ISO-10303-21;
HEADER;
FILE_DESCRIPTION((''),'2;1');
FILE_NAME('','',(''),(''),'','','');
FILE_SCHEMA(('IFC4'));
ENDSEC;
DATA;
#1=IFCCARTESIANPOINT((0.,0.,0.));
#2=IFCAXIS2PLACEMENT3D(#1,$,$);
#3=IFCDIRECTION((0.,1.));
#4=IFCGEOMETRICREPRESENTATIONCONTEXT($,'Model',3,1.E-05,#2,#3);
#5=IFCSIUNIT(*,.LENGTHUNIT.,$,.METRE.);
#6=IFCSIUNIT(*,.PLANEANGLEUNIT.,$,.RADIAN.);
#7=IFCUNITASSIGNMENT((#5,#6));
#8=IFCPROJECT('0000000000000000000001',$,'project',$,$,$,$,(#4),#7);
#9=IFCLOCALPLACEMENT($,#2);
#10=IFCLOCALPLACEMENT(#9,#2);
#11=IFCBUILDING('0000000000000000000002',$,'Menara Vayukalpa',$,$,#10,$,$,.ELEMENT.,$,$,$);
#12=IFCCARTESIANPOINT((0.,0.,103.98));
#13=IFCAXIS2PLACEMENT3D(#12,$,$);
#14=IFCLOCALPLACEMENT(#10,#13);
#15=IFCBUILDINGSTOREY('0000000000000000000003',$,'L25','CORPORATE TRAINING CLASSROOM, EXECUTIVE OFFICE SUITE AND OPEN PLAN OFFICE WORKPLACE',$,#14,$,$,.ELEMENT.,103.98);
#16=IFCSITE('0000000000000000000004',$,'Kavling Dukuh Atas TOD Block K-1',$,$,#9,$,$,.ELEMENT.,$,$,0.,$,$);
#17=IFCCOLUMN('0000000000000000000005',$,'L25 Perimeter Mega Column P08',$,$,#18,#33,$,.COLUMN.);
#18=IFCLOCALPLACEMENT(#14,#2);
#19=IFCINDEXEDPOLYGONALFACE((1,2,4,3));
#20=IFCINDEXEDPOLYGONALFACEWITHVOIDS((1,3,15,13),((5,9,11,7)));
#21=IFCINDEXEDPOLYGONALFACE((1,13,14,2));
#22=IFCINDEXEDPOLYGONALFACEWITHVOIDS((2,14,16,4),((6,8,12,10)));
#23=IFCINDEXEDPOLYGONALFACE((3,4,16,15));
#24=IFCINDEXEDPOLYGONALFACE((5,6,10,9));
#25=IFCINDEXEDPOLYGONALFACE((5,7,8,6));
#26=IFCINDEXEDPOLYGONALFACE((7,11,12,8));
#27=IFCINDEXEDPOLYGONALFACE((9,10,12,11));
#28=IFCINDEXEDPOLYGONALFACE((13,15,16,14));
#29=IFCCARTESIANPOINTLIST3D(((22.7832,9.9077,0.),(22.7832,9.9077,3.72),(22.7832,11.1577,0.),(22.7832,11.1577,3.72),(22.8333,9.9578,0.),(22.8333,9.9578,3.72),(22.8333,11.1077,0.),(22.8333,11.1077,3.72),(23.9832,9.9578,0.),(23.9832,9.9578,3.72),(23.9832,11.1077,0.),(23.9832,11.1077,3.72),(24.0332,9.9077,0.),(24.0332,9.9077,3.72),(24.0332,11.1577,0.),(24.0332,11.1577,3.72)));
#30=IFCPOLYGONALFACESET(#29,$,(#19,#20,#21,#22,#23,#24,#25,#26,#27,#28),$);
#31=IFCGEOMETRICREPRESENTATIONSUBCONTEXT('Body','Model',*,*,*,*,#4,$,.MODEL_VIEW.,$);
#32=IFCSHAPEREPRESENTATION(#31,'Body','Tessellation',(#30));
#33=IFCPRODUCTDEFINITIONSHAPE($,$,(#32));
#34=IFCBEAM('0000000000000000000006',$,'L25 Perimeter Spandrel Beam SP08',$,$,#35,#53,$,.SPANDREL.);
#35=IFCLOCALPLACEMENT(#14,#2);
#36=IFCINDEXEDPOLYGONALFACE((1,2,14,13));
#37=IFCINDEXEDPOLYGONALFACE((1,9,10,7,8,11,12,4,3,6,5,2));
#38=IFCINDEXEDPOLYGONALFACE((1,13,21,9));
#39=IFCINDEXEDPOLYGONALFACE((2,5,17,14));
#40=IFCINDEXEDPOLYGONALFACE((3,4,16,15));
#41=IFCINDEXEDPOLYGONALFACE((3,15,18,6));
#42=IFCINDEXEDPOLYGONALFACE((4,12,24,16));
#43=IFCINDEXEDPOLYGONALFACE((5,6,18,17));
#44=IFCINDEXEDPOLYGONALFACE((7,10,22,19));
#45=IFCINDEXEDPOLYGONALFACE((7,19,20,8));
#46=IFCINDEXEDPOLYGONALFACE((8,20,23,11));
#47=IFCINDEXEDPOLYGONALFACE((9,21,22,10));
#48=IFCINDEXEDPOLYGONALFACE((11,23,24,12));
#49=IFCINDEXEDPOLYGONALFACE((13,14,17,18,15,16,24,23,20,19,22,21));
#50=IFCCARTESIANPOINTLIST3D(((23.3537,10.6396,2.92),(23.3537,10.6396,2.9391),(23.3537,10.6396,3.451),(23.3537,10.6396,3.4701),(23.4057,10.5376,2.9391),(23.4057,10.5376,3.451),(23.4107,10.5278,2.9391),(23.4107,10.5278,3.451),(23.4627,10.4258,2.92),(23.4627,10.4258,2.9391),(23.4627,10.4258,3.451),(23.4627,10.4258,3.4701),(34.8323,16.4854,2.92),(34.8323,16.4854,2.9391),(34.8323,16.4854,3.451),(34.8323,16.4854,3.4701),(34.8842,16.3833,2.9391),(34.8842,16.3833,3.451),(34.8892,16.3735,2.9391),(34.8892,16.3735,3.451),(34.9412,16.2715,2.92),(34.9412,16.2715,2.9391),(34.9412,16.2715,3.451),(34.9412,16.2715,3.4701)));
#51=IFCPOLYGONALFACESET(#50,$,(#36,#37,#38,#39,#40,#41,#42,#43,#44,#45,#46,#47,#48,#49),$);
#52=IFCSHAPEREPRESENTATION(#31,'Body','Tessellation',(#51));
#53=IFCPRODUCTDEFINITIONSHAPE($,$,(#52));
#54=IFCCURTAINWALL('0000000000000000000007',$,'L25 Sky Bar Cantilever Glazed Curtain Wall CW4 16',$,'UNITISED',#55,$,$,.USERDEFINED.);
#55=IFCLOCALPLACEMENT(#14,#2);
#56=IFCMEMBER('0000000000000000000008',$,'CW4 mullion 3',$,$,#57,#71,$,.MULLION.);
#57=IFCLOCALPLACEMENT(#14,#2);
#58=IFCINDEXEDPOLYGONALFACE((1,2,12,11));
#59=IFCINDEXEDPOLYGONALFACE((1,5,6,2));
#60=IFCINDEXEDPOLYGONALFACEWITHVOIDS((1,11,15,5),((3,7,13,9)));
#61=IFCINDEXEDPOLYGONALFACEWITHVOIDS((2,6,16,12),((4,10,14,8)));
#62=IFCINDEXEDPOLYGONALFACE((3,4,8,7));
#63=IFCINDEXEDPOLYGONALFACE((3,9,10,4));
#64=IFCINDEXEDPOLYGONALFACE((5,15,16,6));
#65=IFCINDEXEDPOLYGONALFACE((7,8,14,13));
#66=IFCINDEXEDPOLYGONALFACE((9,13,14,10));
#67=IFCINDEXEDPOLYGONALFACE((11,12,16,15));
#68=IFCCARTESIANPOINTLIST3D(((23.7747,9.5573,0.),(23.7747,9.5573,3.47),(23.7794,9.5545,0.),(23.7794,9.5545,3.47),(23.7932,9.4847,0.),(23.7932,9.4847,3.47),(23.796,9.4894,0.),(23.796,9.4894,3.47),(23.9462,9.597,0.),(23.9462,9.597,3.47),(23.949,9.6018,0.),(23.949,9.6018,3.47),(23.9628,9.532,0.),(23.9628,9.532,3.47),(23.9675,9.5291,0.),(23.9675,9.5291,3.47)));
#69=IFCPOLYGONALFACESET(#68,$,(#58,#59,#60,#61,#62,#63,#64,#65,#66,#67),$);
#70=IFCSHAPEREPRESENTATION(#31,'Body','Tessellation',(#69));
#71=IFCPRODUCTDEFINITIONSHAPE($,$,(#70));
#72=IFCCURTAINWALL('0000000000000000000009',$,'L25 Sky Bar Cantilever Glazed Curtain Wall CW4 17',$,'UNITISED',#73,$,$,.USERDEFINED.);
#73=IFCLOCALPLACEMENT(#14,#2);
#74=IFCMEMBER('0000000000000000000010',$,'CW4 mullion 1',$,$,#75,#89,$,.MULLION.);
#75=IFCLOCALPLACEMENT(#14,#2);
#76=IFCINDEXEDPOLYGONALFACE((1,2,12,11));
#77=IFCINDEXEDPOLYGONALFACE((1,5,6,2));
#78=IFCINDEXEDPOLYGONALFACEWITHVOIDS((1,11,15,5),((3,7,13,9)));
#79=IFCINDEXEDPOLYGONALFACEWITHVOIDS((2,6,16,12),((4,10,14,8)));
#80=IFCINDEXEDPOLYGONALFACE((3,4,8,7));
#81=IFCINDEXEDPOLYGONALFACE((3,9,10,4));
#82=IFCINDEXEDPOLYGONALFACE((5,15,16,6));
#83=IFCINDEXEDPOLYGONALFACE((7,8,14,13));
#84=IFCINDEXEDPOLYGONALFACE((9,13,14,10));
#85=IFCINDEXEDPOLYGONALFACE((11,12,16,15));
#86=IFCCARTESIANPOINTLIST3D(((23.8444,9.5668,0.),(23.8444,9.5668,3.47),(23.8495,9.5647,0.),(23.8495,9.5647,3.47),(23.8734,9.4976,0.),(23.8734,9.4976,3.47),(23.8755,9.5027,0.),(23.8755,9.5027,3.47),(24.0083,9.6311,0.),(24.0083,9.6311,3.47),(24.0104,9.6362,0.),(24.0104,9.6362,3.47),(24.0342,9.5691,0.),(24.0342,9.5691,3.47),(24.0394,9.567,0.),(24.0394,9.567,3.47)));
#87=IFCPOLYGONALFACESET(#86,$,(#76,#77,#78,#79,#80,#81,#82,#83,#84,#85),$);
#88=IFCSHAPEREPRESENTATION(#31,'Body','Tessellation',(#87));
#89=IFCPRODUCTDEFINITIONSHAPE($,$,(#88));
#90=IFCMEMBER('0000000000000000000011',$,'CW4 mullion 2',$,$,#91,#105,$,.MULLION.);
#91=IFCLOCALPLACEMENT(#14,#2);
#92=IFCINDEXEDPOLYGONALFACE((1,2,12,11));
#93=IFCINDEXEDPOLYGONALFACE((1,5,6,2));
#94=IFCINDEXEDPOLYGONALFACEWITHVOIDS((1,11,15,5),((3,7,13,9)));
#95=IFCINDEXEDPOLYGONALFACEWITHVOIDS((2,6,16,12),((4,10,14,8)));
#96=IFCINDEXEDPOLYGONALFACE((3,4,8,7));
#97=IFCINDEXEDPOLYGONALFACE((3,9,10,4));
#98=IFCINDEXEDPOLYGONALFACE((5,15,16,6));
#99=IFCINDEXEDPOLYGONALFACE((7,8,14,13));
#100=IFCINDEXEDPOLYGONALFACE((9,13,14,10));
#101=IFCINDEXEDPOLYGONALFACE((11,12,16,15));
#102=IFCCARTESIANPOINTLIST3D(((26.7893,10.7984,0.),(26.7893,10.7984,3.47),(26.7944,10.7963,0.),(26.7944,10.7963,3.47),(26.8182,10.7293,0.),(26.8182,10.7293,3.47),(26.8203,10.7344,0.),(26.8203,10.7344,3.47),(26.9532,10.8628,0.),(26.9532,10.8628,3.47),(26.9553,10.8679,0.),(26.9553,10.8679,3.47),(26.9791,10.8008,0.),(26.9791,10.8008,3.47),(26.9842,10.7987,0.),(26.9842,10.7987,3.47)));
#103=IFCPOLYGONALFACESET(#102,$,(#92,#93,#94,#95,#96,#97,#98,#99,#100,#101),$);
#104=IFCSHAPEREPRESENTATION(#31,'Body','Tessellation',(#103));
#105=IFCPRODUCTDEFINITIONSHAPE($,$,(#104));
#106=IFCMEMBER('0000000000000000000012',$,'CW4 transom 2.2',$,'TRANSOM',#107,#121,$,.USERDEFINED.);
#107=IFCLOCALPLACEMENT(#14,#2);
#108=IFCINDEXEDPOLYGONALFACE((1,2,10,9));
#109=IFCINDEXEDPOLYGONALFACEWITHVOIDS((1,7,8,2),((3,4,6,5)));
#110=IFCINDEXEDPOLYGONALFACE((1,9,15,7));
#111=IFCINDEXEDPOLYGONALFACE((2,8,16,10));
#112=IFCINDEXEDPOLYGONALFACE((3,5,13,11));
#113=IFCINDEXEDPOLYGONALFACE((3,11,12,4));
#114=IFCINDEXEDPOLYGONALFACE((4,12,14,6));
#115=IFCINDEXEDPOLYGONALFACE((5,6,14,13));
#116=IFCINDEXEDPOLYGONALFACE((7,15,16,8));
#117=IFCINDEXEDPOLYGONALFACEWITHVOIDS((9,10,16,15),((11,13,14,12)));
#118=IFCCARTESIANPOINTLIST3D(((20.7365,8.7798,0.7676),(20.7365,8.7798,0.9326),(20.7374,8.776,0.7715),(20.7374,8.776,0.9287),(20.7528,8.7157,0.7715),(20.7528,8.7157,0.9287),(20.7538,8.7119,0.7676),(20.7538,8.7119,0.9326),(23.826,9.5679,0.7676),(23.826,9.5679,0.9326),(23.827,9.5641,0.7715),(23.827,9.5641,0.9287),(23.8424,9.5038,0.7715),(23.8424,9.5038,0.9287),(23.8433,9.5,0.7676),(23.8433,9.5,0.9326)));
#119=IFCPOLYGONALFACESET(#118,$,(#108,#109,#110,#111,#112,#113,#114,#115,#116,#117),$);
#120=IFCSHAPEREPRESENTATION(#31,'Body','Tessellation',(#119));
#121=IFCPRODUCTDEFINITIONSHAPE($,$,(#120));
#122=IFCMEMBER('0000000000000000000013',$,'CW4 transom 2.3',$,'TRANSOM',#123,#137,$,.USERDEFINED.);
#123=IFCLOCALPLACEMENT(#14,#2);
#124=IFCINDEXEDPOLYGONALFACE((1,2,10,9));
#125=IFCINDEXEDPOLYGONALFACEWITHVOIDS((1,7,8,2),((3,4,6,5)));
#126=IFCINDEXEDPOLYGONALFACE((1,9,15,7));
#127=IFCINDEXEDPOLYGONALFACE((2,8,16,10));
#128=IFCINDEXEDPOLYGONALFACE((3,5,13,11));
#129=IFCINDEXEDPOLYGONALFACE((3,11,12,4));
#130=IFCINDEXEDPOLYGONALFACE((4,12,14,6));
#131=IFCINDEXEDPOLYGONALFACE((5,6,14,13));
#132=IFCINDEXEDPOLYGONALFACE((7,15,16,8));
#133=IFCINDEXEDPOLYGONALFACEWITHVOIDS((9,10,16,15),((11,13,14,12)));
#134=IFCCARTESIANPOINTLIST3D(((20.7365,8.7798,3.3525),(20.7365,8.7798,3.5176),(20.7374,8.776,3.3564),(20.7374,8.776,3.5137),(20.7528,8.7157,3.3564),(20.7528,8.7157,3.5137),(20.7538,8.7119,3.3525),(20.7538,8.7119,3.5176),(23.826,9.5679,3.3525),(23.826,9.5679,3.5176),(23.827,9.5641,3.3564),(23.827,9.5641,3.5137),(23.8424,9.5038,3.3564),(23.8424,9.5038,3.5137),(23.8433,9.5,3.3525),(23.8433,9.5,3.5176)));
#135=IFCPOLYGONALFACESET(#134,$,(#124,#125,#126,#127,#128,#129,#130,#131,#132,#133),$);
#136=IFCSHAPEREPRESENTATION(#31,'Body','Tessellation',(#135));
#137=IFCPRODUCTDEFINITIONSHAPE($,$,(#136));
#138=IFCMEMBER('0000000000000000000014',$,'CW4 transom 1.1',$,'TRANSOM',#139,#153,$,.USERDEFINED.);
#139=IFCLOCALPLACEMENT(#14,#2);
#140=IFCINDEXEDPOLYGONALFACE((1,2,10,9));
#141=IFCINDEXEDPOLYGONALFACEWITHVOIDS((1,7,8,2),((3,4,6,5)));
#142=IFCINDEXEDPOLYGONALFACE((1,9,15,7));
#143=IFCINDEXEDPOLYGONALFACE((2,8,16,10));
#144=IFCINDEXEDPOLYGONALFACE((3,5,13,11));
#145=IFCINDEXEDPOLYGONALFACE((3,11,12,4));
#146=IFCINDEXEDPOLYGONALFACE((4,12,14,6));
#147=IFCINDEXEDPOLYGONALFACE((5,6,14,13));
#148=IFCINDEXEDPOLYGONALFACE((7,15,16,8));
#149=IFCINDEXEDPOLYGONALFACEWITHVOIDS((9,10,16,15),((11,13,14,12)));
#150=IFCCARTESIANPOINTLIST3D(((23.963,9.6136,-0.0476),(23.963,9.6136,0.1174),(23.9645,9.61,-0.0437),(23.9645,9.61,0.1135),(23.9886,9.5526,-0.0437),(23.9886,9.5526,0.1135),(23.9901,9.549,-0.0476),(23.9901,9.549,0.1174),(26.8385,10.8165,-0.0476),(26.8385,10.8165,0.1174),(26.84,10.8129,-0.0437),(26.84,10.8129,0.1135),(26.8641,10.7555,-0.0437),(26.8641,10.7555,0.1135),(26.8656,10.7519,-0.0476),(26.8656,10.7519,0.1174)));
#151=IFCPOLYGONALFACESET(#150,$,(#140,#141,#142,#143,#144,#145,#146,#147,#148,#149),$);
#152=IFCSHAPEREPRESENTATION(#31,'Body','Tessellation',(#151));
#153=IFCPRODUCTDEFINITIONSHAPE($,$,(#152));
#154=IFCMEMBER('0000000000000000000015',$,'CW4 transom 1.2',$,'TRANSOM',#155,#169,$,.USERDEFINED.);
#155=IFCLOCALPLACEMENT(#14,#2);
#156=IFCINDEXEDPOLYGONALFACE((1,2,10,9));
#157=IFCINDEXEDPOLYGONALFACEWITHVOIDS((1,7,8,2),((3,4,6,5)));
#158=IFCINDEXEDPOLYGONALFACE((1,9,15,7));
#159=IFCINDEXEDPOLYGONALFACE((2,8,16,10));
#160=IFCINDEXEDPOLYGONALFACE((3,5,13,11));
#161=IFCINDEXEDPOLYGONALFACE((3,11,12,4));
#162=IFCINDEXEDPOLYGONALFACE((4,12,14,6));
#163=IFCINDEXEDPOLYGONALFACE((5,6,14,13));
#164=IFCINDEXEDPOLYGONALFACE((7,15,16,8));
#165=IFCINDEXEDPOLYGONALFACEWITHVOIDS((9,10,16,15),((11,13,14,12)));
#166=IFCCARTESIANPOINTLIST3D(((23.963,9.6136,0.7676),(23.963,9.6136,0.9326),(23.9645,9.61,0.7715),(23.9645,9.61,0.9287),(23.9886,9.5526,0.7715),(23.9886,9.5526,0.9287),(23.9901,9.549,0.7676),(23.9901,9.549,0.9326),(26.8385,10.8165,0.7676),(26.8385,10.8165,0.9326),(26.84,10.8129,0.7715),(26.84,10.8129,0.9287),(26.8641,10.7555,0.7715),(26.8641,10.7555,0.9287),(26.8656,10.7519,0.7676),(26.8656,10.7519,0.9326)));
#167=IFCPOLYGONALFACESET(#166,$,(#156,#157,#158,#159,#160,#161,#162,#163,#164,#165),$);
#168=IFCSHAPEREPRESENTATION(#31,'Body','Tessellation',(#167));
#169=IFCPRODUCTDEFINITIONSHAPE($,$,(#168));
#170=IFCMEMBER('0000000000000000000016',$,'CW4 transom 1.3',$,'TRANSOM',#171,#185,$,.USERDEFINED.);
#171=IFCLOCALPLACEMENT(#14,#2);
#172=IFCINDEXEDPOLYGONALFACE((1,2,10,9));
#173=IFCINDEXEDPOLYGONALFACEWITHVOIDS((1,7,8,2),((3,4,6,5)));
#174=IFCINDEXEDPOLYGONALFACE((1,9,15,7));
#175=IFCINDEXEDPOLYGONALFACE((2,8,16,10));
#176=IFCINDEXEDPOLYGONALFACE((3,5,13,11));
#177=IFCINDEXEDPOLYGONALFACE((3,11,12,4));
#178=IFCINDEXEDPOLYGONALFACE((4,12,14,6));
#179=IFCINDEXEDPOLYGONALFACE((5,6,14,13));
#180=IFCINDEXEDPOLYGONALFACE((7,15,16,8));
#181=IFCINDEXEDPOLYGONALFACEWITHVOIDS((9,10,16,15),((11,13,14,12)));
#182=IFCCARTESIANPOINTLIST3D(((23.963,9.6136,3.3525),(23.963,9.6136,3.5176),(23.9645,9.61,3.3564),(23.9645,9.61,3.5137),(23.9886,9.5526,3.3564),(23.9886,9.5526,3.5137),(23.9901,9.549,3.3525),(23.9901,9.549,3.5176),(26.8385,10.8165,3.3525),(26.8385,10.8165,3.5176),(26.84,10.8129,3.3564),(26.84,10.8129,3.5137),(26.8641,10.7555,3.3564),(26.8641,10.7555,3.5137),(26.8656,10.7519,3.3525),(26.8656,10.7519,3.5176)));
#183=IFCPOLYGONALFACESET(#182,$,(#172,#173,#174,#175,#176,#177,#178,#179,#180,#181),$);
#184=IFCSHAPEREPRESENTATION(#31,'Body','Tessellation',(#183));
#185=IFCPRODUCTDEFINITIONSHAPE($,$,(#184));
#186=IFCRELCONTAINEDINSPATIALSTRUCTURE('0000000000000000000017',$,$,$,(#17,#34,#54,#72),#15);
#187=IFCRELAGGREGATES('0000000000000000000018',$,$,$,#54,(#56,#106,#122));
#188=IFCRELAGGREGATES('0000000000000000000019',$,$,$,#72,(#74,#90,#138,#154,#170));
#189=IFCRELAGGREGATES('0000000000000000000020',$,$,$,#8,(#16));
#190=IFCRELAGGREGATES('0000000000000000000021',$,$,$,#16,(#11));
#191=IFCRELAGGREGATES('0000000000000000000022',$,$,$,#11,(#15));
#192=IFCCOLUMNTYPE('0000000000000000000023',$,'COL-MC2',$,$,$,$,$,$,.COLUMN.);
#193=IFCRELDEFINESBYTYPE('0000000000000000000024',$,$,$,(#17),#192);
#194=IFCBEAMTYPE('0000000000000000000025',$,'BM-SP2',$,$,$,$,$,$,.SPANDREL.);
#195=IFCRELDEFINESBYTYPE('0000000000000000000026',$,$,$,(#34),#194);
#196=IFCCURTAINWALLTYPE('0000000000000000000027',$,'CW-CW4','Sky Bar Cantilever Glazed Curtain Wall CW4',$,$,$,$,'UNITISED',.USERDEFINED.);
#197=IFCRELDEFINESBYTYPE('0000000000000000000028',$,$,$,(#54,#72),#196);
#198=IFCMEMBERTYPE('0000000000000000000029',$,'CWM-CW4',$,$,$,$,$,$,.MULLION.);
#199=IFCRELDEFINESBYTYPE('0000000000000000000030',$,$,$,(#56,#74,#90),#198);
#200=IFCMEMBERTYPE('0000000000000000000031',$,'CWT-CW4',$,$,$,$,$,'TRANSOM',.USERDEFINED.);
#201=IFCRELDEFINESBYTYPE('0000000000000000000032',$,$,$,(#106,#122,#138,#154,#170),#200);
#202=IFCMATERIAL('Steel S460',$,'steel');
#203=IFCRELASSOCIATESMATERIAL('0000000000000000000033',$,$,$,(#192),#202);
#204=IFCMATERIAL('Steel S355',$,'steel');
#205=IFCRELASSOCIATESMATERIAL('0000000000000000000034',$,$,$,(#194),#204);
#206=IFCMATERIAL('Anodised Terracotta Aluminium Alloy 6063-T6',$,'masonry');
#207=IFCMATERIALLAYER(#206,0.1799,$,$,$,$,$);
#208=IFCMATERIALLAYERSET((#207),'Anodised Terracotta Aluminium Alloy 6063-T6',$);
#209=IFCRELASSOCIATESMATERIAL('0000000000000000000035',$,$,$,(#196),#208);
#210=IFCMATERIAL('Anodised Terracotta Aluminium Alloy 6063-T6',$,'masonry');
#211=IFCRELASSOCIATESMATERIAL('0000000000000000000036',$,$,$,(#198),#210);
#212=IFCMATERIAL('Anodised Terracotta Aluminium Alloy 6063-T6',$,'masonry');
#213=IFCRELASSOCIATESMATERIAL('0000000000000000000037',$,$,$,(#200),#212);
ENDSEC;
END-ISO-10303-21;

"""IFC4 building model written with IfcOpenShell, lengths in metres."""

from ifc_helpers import new_model, si_unit, direction, frame, origin, origin_2d, place, context, subcontext, project, spatial, hollow_rectangle, i_section, extrude, material, layer, layer_set, material_profile, profile_set, type_object, element, aggregate, save


model = new_model("IFC4")

# Units and contexts
model_context = context("Model", 3, precision=1e-05, world=origin(), true_north=direction((0.0, 1.0)))
body_context = subcontext(model_context, "Body", "Model", "MODEL_VIEW")
ifc_project = project(units=[si_unit("LENGTHUNIT", "METRE"), si_unit("PLANEANGLEUNIT", "RADIAN")], contexts=[model_context])

# Site, building, storey
site_placement = place(None, origin())
site = spatial("IfcSite", under=ifc_project, at=site_placement, Name="Kavling Dukuh Atas TOD Block K-1", CompositionType="ELEMENT", RefElevation=0.0)
building_placement = place(site_placement, origin())
building = spatial("IfcBuilding", under=site, at=building_placement, Name="Menara Vayukalpa", CompositionType="ELEMENT")
storey_placement = place(building_placement, frame((0.0, 0.0, 103.98)))
storey = spatial("IfcBuildingStorey", under=building, at=storey_placement, Name="L25", Description="CORPORATE TRAINING CLASSROOM, EXECUTIVE OFFICE SUITE AND OPEN PLAN OFFICE WORKPLACE", CompositionType="ELEMENT", Elevation=103.98)

# Column
ifc_material_1 = material(Name="Steel S460", Category="steel")
ifc_material_profile_1 = material_profile(ifc_material_1, hollow_rectangle(XDim=1.25, YDim=1.25, WallThickness=0.05, at=origin_2d()), Name="BOX 1250x1250x50")
ifc_profile_set_1 = profile_set([ifc_material_profile_1], Name="Steel S460")
column_type = type_object("IfcColumnType", Name="COL-MC2", PredefinedType="COLUMN", material=ifc_profile_set_1)
column_placement = place(storey_placement, frame((23.4082, 10.5327, 0.0), z_axis=(0.0, 0.0, 1.0), x_axis=(1.0, 0.0, 0.0)))
element("IfcColumn", 1, at=column_placement, inside=storey, type_object=column_type, Name="L25 Perimeter Mega Column P08", PredefinedType="COLUMN", context=body_context, shape_type="SweptSolid", body=[
    extrude(hollow_rectangle(XDim=1.25, YDim=1.25, WallThickness=0.05, at=origin_2d()), origin(), (0.0, 0.0, 1.0), 3.72),
])

# Beam
ifc_material_2 = material(Name="Steel S355", Category="steel")
ifc_material_profile_2 = material_profile(ifc_material_2, i_section(OverallWidth=0.24, OverallDepth=0.55, WebThickness=0.011, FlangeThickness=0.019, at=origin_2d()), Name="WF 550x240x11x19")
ifc_profile_set_2 = profile_set([ifc_material_profile_2], Name="Steel S355")
beam_type = type_object("IfcBeamType", Name="BM-SP2", PredefinedType="SPANDREL", material=ifc_profile_set_2)
beam_placement = place(storey_placement, frame((23.4082, 10.5327, 3.1951), z_axis=(0.891097, 0.453812, 0.0), x_axis=(-0.453812, 0.891097, 0.0)))
element("IfcBeam", 2, at=beam_placement, inside=storey, type_object=beam_type, Name="L25 Perimeter Spandrel Beam SP08", PredefinedType="SPANDREL", context=body_context, shape_type="SweptSolid", body=[
    extrude(i_section(OverallWidth=0.24, OverallDepth=0.55, WebThickness=0.011, FlangeThickness=0.019, at=origin_2d()), origin(), (0.0, 0.0, 1.0), 12.8813),
])

# Curtain wall, member
ifc_material_3 = material(Name="Anodised Terracotta Aluminium Alloy 6063-T6", Category="masonry")
ifc_layer_1 = layer(ifc_material_3, 0.1799)
ifc_layer_set_1 = layer_set([ifc_layer_1], Name="Anodised Terracotta Aluminium Alloy 6063-T6")
curtain_wall_type = type_object("IfcCurtainWallType", Name="CW-CW4", Description="Sky Bar Cantilever Glazed Curtain Wall CW4", ElementType="UNITISED", PredefinedType="USERDEFINED", material=ifc_layer_set_1)
curtain_wall_1_placement = place(storey_placement, origin())
curtain_wall_1 = element("IfcCurtainWall", 3, at=curtain_wall_1_placement, inside=storey, type_object=curtain_wall_type, Name="L25 Sky Bar Cantilever Glazed Curtain Wall CW4 16", ObjectType="UNITISED", PredefinedType="USERDEFINED")
ifc_material_4 = material(Name="Anodised Terracotta Aluminium Alloy 6063-T6", Category="masonry")
ifc_material_profile_3 = material_profile(ifc_material_4, hollow_rectangle(XDim=0.075, YDim=0.1799, WallThickness=0.0039, at=origin_2d()), Name="ALU 75x180x4")
ifc_profile_set_3 = profile_set([ifc_material_profile_3], Name="Anodised Terracotta Aluminium Alloy 6063-T6")
member_type_1 = type_object("IfcMemberType", Name="CWM-CW4", PredefinedType="MULLION", material=ifc_profile_set_3)
member_1_placement = place(storey_placement, frame((23.8711, 9.5432, 0.0), z_axis=(0.0, 0.0, 1.0), x_axis=(-0.247131, 0.968982, 0.0)))
member_1 = element("IfcMember", 4, at=member_1_placement, type_object=member_type_1, Name="CW4 mullion 3", PredefinedType="MULLION", context=body_context, shape_type="SweptSolid", body=[
    extrude(hollow_rectangle(XDim=0.075, YDim=0.1799, WallThickness=0.0039, at=origin_2d()), origin(), (0.0, 0.0, 1.0), 3.47),
])

# Curtain wall, members
curtain_wall_2_placement = place(storey_placement, origin())
curtain_wall_2 = element("IfcCurtainWall", 5, at=curtain_wall_2_placement, inside=storey, type_object=curtain_wall_type, Name="L25 Sky Bar Cantilever Glazed Curtain Wall CW4 17", ObjectType="UNITISED", PredefinedType="USERDEFINED")
member_2_placement = place(storey_placement, frame((23.9419, 9.5669, 0.0), z_axis=(0.0, 0.0, 1.0), x_axis=(-0.385894, 0.922543, 0.0)))
member_2 = element("IfcMember", 6, at=member_2_placement, type_object=member_type_1, Name="CW4 mullion 1", PredefinedType="MULLION", context=body_context, shape_type="SweptSolid", body=[
    extrude(hollow_rectangle(XDim=0.075, YDim=0.1799, WallThickness=0.0039, at=origin_2d()), origin(), (0.0, 0.0, 1.0), 3.47),
])
member_3_placement = place(storey_placement, frame((26.8867, 10.7986, 0.0), z_axis=(0.0, 0.0, 1.0), x_axis=(-0.385894, 0.922543, 0.0)))
member_3 = element("IfcMember", 7, at=member_3_placement, type_object=member_type_1, Name="CW4 mullion 2", PredefinedType="MULLION", context=body_context, shape_type="SweptSolid", body=[
    extrude(hollow_rectangle(XDim=0.075, YDim=0.1799, WallThickness=0.0039, at=origin_2d()), origin(), (0.0, 0.0, 1.0), 3.47),
])

# Members
ifc_material_5 = material(Name="Anodised Terracotta Aluminium Alloy 6063-T6", Category="masonry")
ifc_material_profile_4 = material_profile(ifc_material_5, hollow_rectangle(XDim=0.0701, YDim=0.165, WallThickness=0.0039, at=origin_2d()), Name="ALU 70x165x4")
ifc_profile_set_4 = profile_set([ifc_material_profile_4], Name="Anodised Terracotta Aluminium Alloy 6063-T6")
member_type_2 = type_object("IfcMemberType", Name="CWT-CW4", ElementType="TRANSOM", PredefinedType="USERDEFINED", material=ifc_profile_set_4)
member_4_placement = place(storey_placement, frame((20.7451, 8.7458, 0.8501), z_axis=(0.968974, 0.247163, 0.0), x_axis=(-0.247163, 0.968974, 0.0)))
member_4 = element("IfcMember", 8, at=member_4_placement, type_object=member_type_2, Name="CW4 transom 2.2", ObjectType="TRANSOM", PredefinedType="USERDEFINED", context=body_context, shape_type="SweptSolid", body=[
    extrude(hollow_rectangle(XDim=0.0701, YDim=0.165, WallThickness=0.0039, at=origin_2d()), origin(), (0.0, 0.0, 1.0), 3.1885),
])
member_5_placement = place(storey_placement, frame((20.7451, 8.7458, 3.4351), z_axis=(0.968974, 0.247163, 0.0), x_axis=(-0.247163, 0.968974, 0.0)))
member_5 = element("IfcMember", 9, at=member_5_placement, type_object=member_type_2, Name="CW4 transom 2.3", ObjectType="TRANSOM", PredefinedType="USERDEFINED", context=body_context, shape_type="SweptSolid", body=[
    extrude(hollow_rectangle(XDim=0.0701, YDim=0.165, WallThickness=0.0039, at=origin_2d()), origin(), (0.0, 0.0, 1.0), 3.1885),
])
member_6_placement = place(storey_placement, frame((23.9766, 9.5813, 0.0349), z_axis=(0.922534, 0.385916, 0.0), x_axis=(-0.385916, 0.922534, 0.0)))
member_6 = element("IfcMember", 10, at=member_6_placement, type_object=member_type_2, Name="CW4 transom 1.1", ObjectType="TRANSOM", PredefinedType="USERDEFINED", context=body_context, shape_type="SweptSolid", body=[
    extrude(hollow_rectangle(XDim=0.0701, YDim=0.165, WallThickness=0.0039, at=origin_2d()), origin(), (0.0, 0.0, 1.0), 3.1169),
])
member_7_placement = place(storey_placement, frame((23.9766, 9.5813, 0.8501), z_axis=(0.922534, 0.385916, 0.0), x_axis=(-0.385916, 0.922534, 0.0)))
member_7 = element("IfcMember", 11, at=member_7_placement, type_object=member_type_2, Name="CW4 transom 1.2", ObjectType="TRANSOM", PredefinedType="USERDEFINED", context=body_context, shape_type="SweptSolid", body=[
    extrude(hollow_rectangle(XDim=0.0701, YDim=0.165, WallThickness=0.0039, at=origin_2d()), origin(), (0.0, 0.0, 1.0), 3.1169),
])
member_8_placement = place(storey_placement, frame((23.9766, 9.5813, 3.4351), z_axis=(0.922534, 0.385916, 0.0), x_axis=(-0.385916, 0.922534, 0.0)))
member_8 = element("IfcMember", 12, at=member_8_placement, type_object=member_type_2, Name="CW4 transom 1.3", ObjectType="TRANSOM", PredefinedType="USERDEFINED", context=body_context, shape_type="SweptSolid", body=[
    extrude(hollow_rectangle(XDim=0.0701, YDim=0.165, WallThickness=0.0039, at=origin_2d()), origin(), (0.0, 0.0, 1.0), 3.1169),
])

aggregate(curtain_wall_1, [member_1, member_4, member_5])
aggregate(curtain_wall_2, [member_2, member_3, member_6, member_7, member_8])

save(model, "model.ifc")
